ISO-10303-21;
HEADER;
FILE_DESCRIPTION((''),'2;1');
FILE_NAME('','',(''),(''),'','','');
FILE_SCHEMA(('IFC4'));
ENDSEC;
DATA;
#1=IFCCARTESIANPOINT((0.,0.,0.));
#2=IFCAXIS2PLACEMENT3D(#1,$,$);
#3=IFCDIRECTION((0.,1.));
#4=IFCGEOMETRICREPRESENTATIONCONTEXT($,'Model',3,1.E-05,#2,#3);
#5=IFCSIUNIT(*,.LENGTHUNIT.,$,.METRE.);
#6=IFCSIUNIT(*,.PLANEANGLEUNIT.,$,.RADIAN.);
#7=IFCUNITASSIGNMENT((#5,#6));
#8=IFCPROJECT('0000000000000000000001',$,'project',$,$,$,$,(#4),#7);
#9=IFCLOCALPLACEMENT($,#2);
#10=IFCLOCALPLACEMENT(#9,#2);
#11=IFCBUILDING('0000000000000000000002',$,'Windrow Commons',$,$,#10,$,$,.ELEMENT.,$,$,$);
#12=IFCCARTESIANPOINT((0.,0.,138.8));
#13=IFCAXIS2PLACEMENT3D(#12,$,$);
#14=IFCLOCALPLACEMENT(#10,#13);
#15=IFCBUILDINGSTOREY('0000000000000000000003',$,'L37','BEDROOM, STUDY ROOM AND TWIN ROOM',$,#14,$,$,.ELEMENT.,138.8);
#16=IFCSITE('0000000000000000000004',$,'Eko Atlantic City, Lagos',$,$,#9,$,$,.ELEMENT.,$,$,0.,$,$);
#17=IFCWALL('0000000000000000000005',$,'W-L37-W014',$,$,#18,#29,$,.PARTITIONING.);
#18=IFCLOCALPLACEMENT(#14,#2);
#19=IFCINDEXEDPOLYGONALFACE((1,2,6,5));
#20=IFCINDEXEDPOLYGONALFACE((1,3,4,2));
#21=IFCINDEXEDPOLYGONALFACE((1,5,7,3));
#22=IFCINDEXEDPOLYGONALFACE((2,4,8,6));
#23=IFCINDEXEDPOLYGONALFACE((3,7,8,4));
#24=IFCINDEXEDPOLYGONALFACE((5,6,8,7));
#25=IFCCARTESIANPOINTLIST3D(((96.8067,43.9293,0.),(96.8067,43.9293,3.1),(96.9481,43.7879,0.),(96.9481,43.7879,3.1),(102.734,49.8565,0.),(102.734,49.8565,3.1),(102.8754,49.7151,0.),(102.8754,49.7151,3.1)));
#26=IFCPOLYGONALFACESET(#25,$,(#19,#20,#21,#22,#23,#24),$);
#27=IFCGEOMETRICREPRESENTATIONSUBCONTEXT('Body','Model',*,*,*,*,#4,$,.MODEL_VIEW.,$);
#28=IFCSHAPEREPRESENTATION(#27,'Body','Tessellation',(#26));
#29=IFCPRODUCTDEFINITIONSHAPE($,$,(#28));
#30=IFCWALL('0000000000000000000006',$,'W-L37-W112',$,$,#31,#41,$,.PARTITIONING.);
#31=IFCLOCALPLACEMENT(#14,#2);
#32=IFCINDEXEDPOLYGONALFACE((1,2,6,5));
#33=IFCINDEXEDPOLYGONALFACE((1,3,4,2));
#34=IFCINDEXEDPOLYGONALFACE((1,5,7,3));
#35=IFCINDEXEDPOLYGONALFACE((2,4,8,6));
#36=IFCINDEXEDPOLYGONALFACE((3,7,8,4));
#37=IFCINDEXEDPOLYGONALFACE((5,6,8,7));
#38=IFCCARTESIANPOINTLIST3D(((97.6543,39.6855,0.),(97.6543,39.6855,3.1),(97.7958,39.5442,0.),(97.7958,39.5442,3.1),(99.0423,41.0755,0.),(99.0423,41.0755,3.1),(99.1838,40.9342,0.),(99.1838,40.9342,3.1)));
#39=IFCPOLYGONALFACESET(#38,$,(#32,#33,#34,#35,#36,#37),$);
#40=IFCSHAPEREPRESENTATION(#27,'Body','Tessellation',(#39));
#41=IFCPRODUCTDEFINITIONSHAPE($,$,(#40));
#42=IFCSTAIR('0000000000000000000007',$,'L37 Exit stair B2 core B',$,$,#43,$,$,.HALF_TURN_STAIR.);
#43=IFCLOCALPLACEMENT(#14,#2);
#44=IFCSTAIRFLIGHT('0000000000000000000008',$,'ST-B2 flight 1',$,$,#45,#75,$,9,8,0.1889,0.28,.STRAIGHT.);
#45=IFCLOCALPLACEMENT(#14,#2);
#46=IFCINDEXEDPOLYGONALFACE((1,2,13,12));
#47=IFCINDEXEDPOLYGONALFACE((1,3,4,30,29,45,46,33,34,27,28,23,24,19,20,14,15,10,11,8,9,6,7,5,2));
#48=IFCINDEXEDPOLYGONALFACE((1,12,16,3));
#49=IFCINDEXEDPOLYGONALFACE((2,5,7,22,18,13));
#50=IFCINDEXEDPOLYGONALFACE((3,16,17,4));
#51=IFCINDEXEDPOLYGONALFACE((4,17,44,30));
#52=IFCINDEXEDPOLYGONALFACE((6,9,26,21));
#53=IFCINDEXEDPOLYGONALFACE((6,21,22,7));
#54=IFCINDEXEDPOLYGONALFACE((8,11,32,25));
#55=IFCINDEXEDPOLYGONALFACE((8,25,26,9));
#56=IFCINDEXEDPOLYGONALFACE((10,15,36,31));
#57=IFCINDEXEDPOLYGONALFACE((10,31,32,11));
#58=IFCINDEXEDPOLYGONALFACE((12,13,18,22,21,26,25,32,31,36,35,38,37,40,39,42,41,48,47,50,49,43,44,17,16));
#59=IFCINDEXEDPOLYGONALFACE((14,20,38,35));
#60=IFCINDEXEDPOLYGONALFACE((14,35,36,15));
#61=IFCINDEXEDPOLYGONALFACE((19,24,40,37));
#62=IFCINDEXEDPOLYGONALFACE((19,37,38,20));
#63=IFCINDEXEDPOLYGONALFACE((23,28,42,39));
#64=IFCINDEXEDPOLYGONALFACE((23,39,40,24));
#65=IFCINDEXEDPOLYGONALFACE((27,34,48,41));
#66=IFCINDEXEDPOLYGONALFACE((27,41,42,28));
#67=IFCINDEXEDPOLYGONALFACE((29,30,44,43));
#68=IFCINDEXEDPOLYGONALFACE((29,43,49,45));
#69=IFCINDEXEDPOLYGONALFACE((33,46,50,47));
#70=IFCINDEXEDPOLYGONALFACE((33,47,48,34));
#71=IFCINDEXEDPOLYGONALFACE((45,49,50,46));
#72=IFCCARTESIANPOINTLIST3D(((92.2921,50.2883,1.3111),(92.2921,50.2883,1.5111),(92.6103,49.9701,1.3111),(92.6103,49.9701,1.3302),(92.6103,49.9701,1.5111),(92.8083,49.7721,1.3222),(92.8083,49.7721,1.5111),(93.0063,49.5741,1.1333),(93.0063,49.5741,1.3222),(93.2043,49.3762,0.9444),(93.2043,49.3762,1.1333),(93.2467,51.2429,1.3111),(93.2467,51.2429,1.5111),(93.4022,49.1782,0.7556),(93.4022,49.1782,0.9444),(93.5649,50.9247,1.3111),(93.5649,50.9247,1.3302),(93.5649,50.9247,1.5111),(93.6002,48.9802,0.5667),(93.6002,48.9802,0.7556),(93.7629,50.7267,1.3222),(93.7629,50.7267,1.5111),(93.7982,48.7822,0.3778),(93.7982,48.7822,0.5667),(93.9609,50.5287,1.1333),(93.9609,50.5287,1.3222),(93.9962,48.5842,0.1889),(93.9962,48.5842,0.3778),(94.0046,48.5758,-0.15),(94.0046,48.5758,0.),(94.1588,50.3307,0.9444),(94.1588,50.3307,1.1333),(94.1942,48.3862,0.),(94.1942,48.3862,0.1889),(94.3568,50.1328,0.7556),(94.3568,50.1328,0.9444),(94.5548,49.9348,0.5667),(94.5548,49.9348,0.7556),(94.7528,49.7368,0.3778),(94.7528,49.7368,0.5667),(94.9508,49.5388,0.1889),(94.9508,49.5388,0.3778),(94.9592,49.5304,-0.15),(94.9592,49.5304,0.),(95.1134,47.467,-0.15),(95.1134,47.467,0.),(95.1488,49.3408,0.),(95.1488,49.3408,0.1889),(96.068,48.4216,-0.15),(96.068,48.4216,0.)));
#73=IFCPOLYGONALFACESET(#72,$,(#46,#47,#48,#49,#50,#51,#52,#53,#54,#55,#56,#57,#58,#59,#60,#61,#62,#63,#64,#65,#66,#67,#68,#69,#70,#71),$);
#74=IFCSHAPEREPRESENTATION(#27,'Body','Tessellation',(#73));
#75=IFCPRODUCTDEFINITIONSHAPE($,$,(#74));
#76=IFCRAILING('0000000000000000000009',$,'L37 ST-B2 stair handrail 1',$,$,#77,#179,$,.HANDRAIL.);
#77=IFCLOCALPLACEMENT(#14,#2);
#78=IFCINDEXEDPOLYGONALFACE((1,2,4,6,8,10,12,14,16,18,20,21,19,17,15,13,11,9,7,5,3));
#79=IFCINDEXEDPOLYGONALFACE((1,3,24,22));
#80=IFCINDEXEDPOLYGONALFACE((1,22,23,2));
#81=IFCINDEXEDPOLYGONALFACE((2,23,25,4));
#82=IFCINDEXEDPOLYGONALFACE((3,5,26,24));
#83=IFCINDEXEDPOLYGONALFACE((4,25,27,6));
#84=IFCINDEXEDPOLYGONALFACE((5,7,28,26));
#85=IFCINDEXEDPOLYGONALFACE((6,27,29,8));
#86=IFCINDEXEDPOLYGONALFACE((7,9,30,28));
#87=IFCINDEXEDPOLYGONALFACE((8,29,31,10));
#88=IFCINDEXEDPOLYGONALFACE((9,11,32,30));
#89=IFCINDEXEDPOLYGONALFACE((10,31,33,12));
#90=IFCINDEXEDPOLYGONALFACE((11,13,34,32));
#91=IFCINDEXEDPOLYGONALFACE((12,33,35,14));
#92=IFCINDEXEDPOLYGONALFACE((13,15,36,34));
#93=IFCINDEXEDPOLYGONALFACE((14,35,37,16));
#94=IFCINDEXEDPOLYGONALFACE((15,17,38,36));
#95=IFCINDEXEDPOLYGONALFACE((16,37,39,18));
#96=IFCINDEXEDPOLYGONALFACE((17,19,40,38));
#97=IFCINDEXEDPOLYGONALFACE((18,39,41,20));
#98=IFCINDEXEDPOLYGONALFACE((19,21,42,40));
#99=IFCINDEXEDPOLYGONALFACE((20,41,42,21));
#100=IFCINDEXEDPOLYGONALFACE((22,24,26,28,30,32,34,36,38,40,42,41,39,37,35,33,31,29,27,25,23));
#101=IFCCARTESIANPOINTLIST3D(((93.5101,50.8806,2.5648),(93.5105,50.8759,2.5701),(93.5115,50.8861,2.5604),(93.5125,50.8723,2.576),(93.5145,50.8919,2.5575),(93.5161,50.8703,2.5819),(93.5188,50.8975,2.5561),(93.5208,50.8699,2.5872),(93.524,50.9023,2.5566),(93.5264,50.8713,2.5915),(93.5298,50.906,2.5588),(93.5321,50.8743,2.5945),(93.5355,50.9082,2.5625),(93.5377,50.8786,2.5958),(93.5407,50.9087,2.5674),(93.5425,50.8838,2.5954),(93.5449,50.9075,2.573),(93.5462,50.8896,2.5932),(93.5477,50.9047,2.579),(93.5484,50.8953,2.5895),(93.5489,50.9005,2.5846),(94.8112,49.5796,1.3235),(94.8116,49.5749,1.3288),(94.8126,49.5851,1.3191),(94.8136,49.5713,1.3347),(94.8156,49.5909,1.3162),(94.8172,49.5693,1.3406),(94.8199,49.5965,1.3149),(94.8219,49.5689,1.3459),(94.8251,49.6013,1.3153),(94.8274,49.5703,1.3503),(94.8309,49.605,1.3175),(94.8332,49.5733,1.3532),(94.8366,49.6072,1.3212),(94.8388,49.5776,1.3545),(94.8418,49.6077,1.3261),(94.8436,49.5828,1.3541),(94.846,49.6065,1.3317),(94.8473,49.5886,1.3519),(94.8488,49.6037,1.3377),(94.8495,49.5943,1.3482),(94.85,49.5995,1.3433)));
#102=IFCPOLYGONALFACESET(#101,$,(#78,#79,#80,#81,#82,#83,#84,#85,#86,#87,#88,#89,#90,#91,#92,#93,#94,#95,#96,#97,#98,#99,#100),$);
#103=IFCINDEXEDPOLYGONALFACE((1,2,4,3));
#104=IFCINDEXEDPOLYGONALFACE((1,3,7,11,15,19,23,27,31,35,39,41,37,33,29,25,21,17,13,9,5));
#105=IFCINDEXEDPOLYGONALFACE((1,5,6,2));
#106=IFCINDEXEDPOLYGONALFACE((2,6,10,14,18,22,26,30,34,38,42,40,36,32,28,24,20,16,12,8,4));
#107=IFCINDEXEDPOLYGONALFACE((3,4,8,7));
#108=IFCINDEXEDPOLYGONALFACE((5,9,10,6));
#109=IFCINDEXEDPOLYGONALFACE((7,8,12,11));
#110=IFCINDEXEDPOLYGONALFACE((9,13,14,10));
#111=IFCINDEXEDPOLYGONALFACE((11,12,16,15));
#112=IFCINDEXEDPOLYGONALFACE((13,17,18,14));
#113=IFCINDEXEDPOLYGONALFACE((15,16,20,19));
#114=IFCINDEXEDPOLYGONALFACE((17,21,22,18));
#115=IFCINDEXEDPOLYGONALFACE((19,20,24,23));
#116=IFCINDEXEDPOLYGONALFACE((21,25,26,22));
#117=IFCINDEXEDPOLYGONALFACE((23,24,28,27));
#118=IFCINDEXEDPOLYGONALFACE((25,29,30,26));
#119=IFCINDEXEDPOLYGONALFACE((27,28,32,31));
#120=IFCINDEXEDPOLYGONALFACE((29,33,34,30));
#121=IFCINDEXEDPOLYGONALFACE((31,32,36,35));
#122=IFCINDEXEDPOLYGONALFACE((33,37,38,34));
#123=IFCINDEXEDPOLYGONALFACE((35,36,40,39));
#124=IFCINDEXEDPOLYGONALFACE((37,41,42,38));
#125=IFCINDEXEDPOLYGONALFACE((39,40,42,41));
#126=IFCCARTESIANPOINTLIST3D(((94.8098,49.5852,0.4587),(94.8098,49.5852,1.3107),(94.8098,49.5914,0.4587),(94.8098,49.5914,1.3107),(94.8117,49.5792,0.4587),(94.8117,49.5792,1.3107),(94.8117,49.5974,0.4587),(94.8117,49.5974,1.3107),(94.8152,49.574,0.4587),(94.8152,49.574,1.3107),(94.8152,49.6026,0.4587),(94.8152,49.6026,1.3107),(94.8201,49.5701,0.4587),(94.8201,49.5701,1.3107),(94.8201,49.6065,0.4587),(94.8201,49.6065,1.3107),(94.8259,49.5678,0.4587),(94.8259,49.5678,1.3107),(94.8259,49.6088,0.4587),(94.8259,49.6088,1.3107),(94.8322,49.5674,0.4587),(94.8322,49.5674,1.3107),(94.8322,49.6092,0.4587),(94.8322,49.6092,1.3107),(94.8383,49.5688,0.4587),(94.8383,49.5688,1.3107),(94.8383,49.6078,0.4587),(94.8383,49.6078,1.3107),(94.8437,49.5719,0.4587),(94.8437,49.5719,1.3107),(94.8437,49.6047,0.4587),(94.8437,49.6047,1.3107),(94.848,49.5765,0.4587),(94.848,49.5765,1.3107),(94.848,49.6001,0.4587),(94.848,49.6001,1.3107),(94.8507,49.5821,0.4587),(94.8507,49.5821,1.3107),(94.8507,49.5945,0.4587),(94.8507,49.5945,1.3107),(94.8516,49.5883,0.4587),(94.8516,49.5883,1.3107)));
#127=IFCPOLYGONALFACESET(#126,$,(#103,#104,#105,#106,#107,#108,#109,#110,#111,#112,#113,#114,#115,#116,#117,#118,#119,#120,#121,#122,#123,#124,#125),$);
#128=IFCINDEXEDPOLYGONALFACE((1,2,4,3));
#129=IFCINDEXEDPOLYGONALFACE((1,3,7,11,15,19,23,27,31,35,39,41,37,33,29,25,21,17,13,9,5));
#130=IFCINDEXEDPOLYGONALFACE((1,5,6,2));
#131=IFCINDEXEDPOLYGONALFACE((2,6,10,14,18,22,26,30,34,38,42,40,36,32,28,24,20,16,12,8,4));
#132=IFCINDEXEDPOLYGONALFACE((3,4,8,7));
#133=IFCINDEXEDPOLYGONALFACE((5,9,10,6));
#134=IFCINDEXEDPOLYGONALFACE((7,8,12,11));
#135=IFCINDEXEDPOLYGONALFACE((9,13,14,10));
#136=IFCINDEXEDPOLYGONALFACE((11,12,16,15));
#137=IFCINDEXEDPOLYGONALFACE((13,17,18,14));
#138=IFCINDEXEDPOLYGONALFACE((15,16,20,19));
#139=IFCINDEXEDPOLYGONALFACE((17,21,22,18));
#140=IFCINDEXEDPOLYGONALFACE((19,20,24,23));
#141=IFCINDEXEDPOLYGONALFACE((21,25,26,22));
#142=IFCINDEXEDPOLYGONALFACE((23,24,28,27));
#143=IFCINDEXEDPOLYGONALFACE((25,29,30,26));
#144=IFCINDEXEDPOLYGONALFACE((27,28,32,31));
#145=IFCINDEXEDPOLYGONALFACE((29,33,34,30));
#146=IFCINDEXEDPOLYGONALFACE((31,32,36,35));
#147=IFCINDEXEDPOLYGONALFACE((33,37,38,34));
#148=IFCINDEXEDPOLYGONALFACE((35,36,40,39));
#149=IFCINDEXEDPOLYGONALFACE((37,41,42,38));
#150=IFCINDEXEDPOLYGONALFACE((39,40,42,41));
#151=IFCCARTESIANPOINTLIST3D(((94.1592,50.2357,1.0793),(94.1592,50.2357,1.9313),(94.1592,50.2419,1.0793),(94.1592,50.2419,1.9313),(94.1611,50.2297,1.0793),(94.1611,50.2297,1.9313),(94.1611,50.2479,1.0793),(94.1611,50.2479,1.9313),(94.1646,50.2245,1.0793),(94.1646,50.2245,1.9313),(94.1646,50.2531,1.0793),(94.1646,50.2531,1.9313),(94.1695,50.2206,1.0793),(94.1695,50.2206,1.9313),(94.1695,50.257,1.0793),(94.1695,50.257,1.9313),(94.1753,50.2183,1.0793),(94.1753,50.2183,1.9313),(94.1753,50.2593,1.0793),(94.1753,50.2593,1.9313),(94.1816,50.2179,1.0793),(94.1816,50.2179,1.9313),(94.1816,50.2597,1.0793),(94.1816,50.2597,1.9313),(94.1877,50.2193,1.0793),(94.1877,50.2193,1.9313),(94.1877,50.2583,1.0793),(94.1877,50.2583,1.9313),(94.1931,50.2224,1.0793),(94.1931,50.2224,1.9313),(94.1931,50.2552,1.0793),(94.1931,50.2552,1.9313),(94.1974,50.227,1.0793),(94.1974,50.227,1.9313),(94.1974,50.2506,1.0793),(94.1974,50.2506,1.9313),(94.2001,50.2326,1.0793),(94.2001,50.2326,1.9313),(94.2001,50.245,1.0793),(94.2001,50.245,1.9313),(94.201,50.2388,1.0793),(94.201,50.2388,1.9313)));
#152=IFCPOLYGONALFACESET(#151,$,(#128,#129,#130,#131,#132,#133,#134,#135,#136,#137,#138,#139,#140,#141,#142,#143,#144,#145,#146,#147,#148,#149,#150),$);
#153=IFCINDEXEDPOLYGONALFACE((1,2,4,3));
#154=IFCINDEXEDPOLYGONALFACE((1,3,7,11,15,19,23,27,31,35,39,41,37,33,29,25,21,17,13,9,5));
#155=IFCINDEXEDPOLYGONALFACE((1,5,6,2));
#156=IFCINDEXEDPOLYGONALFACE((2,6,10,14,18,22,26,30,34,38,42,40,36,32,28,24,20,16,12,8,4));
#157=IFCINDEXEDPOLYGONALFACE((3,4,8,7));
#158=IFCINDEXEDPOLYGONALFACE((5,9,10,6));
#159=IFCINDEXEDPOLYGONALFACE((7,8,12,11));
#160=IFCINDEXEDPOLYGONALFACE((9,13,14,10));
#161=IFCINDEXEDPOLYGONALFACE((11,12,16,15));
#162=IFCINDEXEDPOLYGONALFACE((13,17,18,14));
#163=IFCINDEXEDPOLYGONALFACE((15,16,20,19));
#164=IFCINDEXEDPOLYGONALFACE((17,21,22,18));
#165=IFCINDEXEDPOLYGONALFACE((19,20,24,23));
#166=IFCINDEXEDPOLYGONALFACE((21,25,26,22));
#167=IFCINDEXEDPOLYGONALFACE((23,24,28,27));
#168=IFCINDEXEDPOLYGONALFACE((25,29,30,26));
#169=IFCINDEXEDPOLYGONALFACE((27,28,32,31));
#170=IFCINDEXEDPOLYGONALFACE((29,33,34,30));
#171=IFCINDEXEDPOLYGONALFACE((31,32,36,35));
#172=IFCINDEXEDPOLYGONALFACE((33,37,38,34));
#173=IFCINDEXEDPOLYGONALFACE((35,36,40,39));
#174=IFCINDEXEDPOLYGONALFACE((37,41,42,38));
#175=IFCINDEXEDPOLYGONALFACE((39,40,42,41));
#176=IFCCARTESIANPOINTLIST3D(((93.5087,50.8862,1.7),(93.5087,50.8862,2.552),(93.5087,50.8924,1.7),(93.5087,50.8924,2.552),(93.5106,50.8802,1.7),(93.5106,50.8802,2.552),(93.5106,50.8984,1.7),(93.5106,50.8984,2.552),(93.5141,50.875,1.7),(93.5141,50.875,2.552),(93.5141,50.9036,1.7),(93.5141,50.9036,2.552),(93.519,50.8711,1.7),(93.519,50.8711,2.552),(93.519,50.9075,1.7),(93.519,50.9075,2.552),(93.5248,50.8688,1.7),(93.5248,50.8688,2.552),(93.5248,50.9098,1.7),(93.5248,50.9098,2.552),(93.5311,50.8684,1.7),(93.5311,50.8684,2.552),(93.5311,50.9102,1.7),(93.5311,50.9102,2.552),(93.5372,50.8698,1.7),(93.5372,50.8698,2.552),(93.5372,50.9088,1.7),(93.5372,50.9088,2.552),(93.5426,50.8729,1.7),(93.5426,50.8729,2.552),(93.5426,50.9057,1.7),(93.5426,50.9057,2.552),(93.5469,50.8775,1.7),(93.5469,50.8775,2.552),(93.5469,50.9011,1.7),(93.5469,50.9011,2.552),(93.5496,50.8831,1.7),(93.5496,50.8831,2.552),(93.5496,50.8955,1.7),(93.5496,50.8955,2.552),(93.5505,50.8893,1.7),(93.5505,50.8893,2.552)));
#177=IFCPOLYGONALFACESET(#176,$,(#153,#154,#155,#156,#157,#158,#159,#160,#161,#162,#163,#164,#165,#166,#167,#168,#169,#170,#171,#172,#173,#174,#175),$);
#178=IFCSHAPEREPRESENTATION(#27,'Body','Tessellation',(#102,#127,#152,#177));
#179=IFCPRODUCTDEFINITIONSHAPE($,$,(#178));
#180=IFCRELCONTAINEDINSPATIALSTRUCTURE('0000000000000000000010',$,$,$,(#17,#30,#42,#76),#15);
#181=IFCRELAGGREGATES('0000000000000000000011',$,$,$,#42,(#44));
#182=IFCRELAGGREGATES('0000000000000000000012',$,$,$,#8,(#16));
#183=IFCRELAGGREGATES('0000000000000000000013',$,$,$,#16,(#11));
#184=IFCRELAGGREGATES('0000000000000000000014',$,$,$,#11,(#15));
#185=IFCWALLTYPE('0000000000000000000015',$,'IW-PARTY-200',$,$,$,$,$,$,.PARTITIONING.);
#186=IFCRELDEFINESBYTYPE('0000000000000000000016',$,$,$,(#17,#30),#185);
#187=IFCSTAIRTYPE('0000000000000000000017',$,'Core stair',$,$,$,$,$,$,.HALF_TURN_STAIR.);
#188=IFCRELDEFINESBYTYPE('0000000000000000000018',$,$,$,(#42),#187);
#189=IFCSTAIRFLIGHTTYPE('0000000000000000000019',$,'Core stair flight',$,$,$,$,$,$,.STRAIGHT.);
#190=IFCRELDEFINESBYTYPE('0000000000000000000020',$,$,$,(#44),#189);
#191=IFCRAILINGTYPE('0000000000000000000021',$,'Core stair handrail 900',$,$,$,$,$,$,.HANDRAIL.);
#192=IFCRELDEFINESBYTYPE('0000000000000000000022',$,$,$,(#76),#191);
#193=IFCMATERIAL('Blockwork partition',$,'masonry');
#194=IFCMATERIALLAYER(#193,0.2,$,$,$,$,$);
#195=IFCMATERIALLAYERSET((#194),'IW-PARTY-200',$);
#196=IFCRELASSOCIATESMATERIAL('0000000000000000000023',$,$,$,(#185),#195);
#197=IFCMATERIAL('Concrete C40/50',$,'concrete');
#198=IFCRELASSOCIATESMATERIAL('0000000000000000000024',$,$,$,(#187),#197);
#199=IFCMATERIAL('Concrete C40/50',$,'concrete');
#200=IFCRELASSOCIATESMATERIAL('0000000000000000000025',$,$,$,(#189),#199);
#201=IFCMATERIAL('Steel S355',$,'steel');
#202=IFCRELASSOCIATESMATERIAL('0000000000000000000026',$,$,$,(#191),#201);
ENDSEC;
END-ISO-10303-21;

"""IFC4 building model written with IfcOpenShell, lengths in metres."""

from ifc_helpers import new_model, si_unit, direction, frame, frame_2d, origin, origin_2d, place, context, subcontext, project, spatial, polyline, rectangle, circle, outline, extrude, material, layer, layer_set, type_object, element, aggregate, save


model = new_model("IFC4")

# Units and contexts
model_context = context("Model", 3, precision=1e-05, world=origin(), true_north=direction((0.0, 1.0)))
body_context = subcontext(model_context, "Body", "Model", "MODEL_VIEW")
ifc_project = project(units=[si_unit("LENGTHUNIT", "METRE"), si_unit("PLANEANGLEUNIT", "RADIAN")], contexts=[model_context])

# Site, building, storey
site_placement = place(None, origin())
site = spatial("IfcSite", under=ifc_project, at=site_placement, Name="Eko Atlantic City, Lagos", CompositionType="ELEMENT", RefElevation=0.0)
building_placement = place(site_placement, origin())
building = spatial("IfcBuilding", under=site, at=building_placement, Name="Windrow Commons", CompositionType="ELEMENT")
storey_placement = place(building_placement, frame((0.0, 0.0, 138.8)))
storey = spatial("IfcBuildingStorey", under=building, at=storey_placement, Name="L37", Description="BEDROOM, STUDY ROOM AND TWIN ROOM", CompositionType="ELEMENT", Elevation=138.8)

# Walls
ifc_material_1 = material(Name="Blockwork partition", Category="masonry")
ifc_layer_1 = layer(ifc_material_1, 0.2)
ifc_layer_set_1 = layer_set([ifc_layer_1], Name="IW-PARTY-200")
wall_type_1 = type_object("IfcWallType", Name="IW-PARTY-200", PredefinedType="PARTITIONING", material=ifc_layer_set_1)
wall_1_placement = place(storey_placement, frame((96.8774, 43.8586, 0.0), z_axis=(0.0, 0.0, 1.0), x_axis=(0.707113, 0.707101, 0.0)))
element("IfcWall", 1, at=wall_1_placement, inside=storey, type_object=wall_type_1, Name="W-L37-W014", PredefinedType="PARTITIONING", context=body_context, shape_type="SweptSolid", body=[
    extrude(rectangle(XDim=8.3824, YDim=0.2, at=frame_2d((4.1912, 0.0))), origin(), (0.0, 0.0, 1.0), 3.1),
])
wall_2_placement = place(storey_placement, frame((97.7251, 39.6149, 0.0), z_axis=(0.0, 0.0, 1.0), x_axis=(0.706598, 0.707616, 0.0)))
element("IfcWall", 2, at=wall_2_placement, inside=storey, type_object=wall_type_1, Name="W-L37-W112", PredefinedType="PARTITIONING", context=body_context, shape_type="SweptSolid", body=[
    extrude(rectangle(XDim=1.9643, YDim=0.2, at=frame_2d((0.9821, 0.0))), origin(), (0.0, 0.0, 1.0), 3.1),
])

# Stair, stair flight
ifc_material_2 = material(Name="Concrete C40/50", Category="concrete")
stair_type = type_object("IfcStairType", Name="Core stair", PredefinedType="HALF_TURN_STAIR", material=ifc_material_2)
stair_placement = place(storey_placement, origin())
stair = element("IfcStair", 3, at=stair_placement, inside=storey, type_object=stair_type, Name="L37 Exit stair B2 core B", PredefinedType="HALF_TURN_STAIR")
ifc_material_3 = material(Name="Concrete C40/50", Category="concrete")
stair_flight_type = type_object("IfcStairFlightType", Name="Core stair flight", PredefinedType="STRAIGHT", material=ifc_material_3)
stair_flight_placement = place(storey_placement, frame((94.6715, 48.8635, 0.0), z_axis=(0.0, 0.0, 1.0), x_axis=(-0.707107, 0.707107, 0.0)))
stair_flight = element("IfcStairFlight", 4, at=stair_flight_placement, type_object=stair_flight_type, Name="ST-B2 flight 1", NumberOfRisers=9, NumberOfTreads=8, PredefinedType="STRAIGHT", RiserHeight=0.1889, TreadLength=0.28, context=body_context, shape_type="SweptSolid", body=[
    extrude(outline(polyline([(-1.3, -0.15), (-1.3, 0.0), (0.0, 0.0), (0.0, 0.1889), (0.28, 0.1889), (0.28, 0.3778), (0.56, 0.3778), (0.56, 0.5667), (0.84, 0.5667), (0.84, 0.7556), (1.12, 0.7556), (1.12, 0.9444), (1.4, 0.9444), (1.4, 1.1333), (1.68, 1.1333), (1.68, 1.3222), (1.96, 1.3222), (1.96, 1.5111), (2.24, 1.5111), (2.69, 1.5111), (2.69, 1.3111), (2.24, 1.3111), (2.24, 1.3302), (0.2682, 0.0), (0.2682, -0.15), (-1.3, -0.15)])), frame((0.0, 0.675, 0.0), z_axis=(0.0, -1.0, 0.0), x_axis=(1.0, 0.0, 0.0)), (0.0, 0.0, 1.0), 1.35),
])
aggregate(stair, [stair_flight])

# Railing
ifc_material_4 = material(Name="Steel S355", Category="steel")
railing_type = type_object("IfcRailingType", Name="Core stair handrail 900", PredefinedType="HANDRAIL", material=ifc_material_4)
railing_placement = place(storey_placement, frame((94.8306, 49.5883, 0.4587)))
element("IfcRailing", 5, at=railing_placement, inside=storey, type_object=railing_type, Name="L37 ST-B2 stair handrail 1", PredefinedType="HANDRAIL", context=body_context, shape_type="SweptSolid", body=[
    extrude(circle(Radius=0.024, at=origin_2d()), frame((0.0, 0.0, 0.876), z_axis=(-0.586207, 0.586162, 0.559264), x_axis=(-0.70708, -0.707134, 0.0)), (0.0, 0.0, 1.0), 2.2195),
    extrude(circle(Radius=0.021, at=origin_2d()), origin(), (0.0, 0.0, 1.0), 0.852),
    extrude(circle(Radius=0.021, at=origin_2d()), frame((-0.6506, 0.6505, 0.6206)), (0.0, 0.0, 1.0), 0.852),
    extrude(circle(Radius=0.021, at=origin_2d()), frame((-1.3011, 1.301, 1.2413)), (0.0, 0.0, 1.0), 0.852),
])

save(model, "model.ifc")
